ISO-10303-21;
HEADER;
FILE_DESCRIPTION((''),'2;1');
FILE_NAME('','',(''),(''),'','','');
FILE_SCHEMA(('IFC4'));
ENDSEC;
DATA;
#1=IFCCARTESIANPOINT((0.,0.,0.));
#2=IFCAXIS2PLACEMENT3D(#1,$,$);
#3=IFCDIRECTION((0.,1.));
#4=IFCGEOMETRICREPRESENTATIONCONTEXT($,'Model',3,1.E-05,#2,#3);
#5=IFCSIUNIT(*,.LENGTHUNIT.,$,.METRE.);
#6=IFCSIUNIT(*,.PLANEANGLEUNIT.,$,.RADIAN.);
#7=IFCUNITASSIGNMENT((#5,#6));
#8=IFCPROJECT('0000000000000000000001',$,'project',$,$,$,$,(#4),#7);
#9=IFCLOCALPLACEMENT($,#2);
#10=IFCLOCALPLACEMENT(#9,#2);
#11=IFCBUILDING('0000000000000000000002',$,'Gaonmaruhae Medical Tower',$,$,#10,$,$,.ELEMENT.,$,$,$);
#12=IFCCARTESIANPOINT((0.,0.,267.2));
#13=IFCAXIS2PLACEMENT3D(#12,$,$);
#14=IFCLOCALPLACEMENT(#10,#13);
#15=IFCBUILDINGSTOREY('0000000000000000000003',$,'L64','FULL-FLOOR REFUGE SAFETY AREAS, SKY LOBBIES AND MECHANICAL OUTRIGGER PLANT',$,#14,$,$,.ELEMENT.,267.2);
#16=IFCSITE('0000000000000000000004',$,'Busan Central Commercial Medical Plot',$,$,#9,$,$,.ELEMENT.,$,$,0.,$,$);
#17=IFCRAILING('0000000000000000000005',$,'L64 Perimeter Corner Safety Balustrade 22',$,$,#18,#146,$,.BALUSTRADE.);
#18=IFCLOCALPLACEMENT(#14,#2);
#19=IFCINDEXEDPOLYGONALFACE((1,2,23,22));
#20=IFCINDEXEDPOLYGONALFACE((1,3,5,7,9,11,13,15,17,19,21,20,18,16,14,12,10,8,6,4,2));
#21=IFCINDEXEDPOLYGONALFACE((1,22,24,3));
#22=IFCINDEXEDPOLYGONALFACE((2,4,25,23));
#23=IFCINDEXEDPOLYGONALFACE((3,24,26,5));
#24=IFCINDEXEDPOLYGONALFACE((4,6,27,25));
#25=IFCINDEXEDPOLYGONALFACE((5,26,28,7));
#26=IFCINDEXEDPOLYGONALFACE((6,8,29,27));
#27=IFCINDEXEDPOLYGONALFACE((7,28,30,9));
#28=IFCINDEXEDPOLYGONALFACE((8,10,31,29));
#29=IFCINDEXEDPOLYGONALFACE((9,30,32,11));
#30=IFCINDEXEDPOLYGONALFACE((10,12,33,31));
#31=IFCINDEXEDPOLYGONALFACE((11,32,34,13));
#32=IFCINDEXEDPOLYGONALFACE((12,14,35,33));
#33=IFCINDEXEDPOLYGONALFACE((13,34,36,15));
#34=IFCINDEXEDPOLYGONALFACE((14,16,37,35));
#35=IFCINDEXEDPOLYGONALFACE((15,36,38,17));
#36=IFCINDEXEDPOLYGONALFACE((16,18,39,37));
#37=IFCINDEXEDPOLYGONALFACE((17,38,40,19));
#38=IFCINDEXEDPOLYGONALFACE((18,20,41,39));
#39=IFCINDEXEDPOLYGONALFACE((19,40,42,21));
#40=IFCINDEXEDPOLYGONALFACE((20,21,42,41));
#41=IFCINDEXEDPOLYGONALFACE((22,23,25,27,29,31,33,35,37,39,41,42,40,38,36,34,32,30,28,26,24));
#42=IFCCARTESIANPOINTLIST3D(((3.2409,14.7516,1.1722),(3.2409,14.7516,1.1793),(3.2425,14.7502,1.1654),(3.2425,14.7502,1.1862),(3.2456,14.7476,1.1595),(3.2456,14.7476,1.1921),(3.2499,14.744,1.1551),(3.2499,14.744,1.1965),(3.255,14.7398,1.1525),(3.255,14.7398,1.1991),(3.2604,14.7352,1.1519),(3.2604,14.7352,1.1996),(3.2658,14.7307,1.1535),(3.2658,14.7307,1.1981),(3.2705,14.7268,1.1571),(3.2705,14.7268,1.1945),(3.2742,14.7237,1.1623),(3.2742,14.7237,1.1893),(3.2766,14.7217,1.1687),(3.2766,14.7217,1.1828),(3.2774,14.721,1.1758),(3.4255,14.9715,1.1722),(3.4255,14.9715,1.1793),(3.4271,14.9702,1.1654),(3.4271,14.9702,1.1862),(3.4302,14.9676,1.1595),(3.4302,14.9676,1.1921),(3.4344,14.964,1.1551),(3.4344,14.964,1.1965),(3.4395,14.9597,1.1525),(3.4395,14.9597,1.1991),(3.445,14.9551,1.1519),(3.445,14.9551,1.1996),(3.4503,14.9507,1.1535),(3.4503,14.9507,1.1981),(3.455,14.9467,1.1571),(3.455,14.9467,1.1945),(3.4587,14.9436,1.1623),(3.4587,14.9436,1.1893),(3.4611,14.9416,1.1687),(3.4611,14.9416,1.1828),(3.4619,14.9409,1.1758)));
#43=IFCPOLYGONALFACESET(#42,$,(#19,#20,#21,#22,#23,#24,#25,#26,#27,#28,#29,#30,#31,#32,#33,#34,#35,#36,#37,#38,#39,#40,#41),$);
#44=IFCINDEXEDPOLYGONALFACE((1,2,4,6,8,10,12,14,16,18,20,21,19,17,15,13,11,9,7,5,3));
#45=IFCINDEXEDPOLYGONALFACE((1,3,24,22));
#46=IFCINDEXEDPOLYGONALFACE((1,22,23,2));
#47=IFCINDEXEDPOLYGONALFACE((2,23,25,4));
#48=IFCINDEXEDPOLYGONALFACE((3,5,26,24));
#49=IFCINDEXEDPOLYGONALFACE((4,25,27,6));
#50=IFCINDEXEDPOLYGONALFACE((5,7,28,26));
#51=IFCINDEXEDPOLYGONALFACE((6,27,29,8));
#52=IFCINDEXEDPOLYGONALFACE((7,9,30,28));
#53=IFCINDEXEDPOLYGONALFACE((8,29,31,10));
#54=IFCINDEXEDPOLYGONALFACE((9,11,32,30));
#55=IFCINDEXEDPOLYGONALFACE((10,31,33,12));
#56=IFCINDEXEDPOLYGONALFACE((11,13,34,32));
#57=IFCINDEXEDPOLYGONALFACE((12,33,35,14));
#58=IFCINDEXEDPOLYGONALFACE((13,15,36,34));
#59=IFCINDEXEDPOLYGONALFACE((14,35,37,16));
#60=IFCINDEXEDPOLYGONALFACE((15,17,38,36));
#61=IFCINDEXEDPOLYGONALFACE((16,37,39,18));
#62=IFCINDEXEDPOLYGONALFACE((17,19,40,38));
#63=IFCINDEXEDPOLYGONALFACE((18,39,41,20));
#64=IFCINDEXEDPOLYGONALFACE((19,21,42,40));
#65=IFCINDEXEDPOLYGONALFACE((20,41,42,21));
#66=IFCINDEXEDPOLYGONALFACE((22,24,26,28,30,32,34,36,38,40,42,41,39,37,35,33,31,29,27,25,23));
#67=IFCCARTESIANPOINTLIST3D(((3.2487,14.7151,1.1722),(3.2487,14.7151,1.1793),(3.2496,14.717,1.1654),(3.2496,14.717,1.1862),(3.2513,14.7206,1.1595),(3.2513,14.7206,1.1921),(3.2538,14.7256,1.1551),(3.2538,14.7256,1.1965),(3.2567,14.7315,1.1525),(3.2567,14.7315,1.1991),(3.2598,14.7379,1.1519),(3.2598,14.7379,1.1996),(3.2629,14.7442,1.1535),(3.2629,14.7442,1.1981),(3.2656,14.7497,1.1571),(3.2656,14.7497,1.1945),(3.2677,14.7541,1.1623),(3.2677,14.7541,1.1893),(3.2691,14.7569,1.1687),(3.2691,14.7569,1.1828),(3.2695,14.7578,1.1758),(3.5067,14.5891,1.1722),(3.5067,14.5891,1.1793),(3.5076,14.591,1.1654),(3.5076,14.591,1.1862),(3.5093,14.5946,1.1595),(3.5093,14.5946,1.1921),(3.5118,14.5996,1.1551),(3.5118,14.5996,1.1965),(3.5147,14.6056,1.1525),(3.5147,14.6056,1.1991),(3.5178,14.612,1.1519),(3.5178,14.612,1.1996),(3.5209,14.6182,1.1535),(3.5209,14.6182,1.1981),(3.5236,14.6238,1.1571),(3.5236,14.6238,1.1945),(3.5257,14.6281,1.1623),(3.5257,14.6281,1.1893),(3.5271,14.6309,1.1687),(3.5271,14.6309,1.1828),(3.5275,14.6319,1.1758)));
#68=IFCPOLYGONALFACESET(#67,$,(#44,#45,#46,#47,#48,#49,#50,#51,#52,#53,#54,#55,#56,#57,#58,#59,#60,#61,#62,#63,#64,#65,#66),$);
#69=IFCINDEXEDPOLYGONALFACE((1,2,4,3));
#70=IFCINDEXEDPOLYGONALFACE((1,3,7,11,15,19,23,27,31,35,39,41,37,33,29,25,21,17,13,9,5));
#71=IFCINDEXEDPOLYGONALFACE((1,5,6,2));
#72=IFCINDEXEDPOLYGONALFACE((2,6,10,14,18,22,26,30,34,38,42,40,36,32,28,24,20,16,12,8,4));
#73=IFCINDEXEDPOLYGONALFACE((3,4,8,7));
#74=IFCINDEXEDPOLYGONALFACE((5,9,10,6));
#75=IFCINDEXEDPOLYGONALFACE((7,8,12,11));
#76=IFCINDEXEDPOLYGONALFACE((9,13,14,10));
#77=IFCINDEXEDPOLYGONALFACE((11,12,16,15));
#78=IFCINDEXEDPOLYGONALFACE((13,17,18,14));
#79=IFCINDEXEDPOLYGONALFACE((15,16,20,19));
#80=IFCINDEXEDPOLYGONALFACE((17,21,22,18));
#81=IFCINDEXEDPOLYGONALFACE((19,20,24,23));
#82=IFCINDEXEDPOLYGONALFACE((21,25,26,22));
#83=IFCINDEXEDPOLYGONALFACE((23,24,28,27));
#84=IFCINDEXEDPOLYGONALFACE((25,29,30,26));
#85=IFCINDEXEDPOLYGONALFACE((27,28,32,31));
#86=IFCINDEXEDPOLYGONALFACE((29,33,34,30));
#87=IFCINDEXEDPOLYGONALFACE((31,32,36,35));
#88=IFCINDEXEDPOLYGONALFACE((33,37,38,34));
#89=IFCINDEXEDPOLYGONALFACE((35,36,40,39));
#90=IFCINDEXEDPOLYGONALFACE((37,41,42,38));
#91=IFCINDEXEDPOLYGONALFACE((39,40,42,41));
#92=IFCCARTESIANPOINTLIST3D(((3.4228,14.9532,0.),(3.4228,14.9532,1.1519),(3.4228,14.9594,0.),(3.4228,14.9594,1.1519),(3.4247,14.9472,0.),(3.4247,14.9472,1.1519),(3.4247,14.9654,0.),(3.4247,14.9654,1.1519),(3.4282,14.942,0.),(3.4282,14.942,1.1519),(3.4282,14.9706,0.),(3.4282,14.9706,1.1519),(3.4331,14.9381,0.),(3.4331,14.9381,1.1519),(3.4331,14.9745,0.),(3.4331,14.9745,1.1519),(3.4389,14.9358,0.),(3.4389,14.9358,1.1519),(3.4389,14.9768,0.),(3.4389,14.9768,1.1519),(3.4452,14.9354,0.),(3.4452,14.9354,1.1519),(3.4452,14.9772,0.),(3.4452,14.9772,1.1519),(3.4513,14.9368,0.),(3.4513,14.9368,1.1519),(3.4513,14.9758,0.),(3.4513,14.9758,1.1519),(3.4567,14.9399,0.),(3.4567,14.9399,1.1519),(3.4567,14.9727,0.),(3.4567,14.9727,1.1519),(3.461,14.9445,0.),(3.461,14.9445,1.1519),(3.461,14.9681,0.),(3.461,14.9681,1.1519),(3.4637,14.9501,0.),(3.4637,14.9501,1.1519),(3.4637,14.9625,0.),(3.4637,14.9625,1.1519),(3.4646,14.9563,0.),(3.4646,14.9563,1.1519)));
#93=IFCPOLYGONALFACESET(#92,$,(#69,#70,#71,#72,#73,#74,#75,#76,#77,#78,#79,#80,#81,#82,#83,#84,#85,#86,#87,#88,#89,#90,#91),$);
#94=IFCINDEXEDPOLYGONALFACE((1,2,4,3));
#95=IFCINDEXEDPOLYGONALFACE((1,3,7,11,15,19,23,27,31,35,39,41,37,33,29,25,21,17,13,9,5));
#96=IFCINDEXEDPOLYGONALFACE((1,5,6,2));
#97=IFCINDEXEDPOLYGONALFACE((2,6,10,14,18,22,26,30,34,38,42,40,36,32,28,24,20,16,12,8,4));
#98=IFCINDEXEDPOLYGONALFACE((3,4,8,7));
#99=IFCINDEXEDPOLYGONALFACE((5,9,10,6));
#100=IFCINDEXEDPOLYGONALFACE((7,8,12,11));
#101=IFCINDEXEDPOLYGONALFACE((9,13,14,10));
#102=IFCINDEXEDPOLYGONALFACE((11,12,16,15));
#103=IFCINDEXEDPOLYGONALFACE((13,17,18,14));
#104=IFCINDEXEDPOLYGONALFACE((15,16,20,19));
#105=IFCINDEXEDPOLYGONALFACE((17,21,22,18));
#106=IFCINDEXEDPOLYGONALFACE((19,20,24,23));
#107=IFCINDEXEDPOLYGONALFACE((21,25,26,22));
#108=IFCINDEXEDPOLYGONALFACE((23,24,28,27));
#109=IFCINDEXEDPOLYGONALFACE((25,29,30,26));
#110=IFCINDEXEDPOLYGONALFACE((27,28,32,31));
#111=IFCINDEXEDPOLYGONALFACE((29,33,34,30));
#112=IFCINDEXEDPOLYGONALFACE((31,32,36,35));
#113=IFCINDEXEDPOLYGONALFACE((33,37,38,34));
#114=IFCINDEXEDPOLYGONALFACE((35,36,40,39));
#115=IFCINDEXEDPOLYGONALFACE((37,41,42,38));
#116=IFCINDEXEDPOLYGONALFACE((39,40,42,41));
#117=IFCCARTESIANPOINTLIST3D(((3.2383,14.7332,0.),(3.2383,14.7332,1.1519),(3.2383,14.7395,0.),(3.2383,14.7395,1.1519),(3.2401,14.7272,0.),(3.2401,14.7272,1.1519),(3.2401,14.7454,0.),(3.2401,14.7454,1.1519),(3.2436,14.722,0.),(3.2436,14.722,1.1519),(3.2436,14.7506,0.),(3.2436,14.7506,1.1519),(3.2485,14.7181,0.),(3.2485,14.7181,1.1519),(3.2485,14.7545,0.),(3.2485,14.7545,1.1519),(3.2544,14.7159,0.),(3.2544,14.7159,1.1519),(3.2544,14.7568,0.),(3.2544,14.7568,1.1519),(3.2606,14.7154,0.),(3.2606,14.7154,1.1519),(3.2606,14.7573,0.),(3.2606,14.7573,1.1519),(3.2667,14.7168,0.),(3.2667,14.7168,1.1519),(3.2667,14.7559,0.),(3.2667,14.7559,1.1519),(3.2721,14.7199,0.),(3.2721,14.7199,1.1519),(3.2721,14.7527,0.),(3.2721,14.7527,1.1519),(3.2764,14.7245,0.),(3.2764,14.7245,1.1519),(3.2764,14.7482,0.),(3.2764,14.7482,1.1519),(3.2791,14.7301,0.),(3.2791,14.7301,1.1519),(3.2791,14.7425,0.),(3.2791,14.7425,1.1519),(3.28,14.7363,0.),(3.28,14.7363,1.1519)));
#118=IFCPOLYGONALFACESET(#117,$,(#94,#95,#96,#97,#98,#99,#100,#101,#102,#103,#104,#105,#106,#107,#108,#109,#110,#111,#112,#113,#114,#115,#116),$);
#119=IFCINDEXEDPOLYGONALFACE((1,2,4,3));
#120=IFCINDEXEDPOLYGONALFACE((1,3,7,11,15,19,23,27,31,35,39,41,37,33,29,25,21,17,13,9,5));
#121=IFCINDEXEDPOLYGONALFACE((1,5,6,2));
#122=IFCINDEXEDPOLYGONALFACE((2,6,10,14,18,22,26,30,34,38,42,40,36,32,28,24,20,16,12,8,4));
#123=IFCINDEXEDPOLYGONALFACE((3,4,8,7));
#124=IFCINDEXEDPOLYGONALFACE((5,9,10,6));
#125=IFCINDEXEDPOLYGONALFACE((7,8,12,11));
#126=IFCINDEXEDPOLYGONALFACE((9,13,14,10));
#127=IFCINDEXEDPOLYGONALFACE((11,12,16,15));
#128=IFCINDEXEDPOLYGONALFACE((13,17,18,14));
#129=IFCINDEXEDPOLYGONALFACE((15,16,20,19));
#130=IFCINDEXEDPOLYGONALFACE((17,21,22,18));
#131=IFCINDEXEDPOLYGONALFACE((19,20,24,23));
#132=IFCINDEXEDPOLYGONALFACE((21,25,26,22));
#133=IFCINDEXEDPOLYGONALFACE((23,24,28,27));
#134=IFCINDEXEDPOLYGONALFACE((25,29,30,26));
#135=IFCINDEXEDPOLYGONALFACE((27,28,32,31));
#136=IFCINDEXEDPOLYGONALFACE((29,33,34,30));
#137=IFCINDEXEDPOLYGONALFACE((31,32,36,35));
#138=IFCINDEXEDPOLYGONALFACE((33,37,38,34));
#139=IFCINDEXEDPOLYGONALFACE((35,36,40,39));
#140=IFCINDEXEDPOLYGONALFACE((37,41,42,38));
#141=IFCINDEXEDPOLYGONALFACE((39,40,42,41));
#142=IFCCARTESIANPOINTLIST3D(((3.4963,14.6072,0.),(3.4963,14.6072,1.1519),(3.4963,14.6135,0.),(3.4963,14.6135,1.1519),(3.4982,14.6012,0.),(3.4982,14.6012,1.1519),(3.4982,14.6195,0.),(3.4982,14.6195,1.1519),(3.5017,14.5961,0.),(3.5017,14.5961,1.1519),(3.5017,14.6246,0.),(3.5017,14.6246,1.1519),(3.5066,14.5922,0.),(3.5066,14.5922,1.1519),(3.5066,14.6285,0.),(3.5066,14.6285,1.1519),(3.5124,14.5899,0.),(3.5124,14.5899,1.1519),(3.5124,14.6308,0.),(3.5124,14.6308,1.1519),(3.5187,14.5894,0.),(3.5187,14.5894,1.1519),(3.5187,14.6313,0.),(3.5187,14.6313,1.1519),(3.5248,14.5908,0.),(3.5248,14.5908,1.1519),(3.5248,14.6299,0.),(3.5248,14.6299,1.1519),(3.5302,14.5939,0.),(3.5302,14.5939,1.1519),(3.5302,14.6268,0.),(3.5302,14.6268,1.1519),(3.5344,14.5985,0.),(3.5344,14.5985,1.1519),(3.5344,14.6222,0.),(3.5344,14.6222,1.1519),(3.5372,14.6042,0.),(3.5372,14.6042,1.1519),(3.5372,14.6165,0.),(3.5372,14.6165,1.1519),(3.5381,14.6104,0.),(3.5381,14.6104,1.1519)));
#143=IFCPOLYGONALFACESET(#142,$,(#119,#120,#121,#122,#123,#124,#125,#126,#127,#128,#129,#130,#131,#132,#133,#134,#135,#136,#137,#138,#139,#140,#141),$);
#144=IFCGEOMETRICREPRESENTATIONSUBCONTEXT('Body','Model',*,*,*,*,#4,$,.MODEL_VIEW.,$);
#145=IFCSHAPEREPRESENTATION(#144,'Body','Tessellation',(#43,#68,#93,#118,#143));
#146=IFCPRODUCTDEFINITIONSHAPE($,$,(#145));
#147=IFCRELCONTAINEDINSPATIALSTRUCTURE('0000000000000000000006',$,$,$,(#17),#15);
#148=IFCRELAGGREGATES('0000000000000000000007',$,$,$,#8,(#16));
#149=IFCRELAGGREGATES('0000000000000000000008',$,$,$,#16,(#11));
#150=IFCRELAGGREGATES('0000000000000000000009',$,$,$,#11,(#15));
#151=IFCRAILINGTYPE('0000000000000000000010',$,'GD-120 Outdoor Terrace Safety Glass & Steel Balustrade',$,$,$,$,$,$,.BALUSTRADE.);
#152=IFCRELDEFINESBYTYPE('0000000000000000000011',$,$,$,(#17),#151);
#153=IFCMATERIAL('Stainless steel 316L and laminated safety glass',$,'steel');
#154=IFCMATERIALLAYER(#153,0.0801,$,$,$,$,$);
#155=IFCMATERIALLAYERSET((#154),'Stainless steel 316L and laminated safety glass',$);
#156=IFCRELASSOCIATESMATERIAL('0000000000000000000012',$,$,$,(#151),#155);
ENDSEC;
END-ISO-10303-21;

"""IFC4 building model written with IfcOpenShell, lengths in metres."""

from ifc_helpers import new_model, si_unit, direction, frame, origin, origin_2d, place, context, subcontext, project, spatial, circle, extrude, material, layer, layer_set, type_object, element, save


model = new_model("IFC4")

# Units and contexts
model_context = context("Model", 3, precision=1e-05, world=origin(), true_north=direction((0.0, 1.0)))
body_context = subcontext(model_context, "Body", "Model", "MODEL_VIEW")
ifc_project = project(units=[si_unit("LENGTHUNIT", "METRE"), si_unit("PLANEANGLEUNIT", "RADIAN")], contexts=[model_context])

# Site, building, storey
site_placement = place(None, origin())
site = spatial("IfcSite", under=ifc_project, at=site_placement, Name="Busan Central Commercial Medical Plot", CompositionType="ELEMENT", RefElevation=0.0)
building_placement = place(site_placement, origin())
building = spatial("IfcBuilding", under=site, at=building_placement, Name="Gaonmaruhae Medical Tower", CompositionType="ELEMENT")
storey_placement = place(building_placement, frame((0.0, 0.0, 267.2)))
storey = spatial("IfcBuildingStorey", under=building, at=storey_placement, Name="L64", Description="FULL-FLOOR REFUGE SAFETY AREAS, SKY LOBBIES AND MECHANICAL OUTRIGGER PLANT", CompositionType="ELEMENT", Elevation=267.2)

# Railing
ifc_material_1 = material(Name="Stainless steel 316L and laminated safety glass", Category="steel")
ifc_layer_1 = layer(ifc_material_1, 0.0801)
ifc_layer_set_1 = layer_set([ifc_layer_1], Name="Stainless steel 316L and laminated safety glass")
railing_type = type_object("IfcRailingType", Name="GD-120 Outdoor Terrace Safety Glass & Steel Balustrade", PredefinedType="BALUSTRADE", material=ifc_layer_set_1)
railing_1_placement = place(storey_placement, frame((3.4436, 14.9563, 0.0)))
element("IfcRailing", 1, at=railing_1_placement, inside=storey, type_object=railing_type, Name="L64 Perimeter Corner Safety Balustrade 22", PredefinedType="BALUSTRADE", context=body_context, shape_type="SweptSolid", body=[
    extrude(circle(Radius=0.0239, at=origin_2d()), frame((0.0, 0.0, 1.1758), z_axis=(-0.642773, -0.766056, 0.0), x_axis=(0.766056, -0.642773, 0.0)), (0.0, 0.0, 1.0), 0.2871),
    extrude(circle(Radius=0.0239, at=origin_2d()), frame((-0.1846, -0.22, 1.1758), z_axis=(0.898638, -0.438692, 0.0), x_axis=(0.438692, 0.898638, 0.0)), (0.0, 0.0, 1.0), 0.2871),
    extrude(circle(Radius=0.021, at=origin_2d()), origin(), (0.0, 0.0, 1.0), 1.1519),
    extrude(circle(Radius=0.021, at=origin_2d()), frame((-0.1846, -0.22, 0.0)), (0.0, 0.0, 1.0), 1.1519),
    extrude(circle(Radius=0.021, at=origin_2d()), frame((0.0735, -0.3459, 0.0)), (0.0, 0.0, 1.0), 1.1519),
])

save(model, "model.ifc")
